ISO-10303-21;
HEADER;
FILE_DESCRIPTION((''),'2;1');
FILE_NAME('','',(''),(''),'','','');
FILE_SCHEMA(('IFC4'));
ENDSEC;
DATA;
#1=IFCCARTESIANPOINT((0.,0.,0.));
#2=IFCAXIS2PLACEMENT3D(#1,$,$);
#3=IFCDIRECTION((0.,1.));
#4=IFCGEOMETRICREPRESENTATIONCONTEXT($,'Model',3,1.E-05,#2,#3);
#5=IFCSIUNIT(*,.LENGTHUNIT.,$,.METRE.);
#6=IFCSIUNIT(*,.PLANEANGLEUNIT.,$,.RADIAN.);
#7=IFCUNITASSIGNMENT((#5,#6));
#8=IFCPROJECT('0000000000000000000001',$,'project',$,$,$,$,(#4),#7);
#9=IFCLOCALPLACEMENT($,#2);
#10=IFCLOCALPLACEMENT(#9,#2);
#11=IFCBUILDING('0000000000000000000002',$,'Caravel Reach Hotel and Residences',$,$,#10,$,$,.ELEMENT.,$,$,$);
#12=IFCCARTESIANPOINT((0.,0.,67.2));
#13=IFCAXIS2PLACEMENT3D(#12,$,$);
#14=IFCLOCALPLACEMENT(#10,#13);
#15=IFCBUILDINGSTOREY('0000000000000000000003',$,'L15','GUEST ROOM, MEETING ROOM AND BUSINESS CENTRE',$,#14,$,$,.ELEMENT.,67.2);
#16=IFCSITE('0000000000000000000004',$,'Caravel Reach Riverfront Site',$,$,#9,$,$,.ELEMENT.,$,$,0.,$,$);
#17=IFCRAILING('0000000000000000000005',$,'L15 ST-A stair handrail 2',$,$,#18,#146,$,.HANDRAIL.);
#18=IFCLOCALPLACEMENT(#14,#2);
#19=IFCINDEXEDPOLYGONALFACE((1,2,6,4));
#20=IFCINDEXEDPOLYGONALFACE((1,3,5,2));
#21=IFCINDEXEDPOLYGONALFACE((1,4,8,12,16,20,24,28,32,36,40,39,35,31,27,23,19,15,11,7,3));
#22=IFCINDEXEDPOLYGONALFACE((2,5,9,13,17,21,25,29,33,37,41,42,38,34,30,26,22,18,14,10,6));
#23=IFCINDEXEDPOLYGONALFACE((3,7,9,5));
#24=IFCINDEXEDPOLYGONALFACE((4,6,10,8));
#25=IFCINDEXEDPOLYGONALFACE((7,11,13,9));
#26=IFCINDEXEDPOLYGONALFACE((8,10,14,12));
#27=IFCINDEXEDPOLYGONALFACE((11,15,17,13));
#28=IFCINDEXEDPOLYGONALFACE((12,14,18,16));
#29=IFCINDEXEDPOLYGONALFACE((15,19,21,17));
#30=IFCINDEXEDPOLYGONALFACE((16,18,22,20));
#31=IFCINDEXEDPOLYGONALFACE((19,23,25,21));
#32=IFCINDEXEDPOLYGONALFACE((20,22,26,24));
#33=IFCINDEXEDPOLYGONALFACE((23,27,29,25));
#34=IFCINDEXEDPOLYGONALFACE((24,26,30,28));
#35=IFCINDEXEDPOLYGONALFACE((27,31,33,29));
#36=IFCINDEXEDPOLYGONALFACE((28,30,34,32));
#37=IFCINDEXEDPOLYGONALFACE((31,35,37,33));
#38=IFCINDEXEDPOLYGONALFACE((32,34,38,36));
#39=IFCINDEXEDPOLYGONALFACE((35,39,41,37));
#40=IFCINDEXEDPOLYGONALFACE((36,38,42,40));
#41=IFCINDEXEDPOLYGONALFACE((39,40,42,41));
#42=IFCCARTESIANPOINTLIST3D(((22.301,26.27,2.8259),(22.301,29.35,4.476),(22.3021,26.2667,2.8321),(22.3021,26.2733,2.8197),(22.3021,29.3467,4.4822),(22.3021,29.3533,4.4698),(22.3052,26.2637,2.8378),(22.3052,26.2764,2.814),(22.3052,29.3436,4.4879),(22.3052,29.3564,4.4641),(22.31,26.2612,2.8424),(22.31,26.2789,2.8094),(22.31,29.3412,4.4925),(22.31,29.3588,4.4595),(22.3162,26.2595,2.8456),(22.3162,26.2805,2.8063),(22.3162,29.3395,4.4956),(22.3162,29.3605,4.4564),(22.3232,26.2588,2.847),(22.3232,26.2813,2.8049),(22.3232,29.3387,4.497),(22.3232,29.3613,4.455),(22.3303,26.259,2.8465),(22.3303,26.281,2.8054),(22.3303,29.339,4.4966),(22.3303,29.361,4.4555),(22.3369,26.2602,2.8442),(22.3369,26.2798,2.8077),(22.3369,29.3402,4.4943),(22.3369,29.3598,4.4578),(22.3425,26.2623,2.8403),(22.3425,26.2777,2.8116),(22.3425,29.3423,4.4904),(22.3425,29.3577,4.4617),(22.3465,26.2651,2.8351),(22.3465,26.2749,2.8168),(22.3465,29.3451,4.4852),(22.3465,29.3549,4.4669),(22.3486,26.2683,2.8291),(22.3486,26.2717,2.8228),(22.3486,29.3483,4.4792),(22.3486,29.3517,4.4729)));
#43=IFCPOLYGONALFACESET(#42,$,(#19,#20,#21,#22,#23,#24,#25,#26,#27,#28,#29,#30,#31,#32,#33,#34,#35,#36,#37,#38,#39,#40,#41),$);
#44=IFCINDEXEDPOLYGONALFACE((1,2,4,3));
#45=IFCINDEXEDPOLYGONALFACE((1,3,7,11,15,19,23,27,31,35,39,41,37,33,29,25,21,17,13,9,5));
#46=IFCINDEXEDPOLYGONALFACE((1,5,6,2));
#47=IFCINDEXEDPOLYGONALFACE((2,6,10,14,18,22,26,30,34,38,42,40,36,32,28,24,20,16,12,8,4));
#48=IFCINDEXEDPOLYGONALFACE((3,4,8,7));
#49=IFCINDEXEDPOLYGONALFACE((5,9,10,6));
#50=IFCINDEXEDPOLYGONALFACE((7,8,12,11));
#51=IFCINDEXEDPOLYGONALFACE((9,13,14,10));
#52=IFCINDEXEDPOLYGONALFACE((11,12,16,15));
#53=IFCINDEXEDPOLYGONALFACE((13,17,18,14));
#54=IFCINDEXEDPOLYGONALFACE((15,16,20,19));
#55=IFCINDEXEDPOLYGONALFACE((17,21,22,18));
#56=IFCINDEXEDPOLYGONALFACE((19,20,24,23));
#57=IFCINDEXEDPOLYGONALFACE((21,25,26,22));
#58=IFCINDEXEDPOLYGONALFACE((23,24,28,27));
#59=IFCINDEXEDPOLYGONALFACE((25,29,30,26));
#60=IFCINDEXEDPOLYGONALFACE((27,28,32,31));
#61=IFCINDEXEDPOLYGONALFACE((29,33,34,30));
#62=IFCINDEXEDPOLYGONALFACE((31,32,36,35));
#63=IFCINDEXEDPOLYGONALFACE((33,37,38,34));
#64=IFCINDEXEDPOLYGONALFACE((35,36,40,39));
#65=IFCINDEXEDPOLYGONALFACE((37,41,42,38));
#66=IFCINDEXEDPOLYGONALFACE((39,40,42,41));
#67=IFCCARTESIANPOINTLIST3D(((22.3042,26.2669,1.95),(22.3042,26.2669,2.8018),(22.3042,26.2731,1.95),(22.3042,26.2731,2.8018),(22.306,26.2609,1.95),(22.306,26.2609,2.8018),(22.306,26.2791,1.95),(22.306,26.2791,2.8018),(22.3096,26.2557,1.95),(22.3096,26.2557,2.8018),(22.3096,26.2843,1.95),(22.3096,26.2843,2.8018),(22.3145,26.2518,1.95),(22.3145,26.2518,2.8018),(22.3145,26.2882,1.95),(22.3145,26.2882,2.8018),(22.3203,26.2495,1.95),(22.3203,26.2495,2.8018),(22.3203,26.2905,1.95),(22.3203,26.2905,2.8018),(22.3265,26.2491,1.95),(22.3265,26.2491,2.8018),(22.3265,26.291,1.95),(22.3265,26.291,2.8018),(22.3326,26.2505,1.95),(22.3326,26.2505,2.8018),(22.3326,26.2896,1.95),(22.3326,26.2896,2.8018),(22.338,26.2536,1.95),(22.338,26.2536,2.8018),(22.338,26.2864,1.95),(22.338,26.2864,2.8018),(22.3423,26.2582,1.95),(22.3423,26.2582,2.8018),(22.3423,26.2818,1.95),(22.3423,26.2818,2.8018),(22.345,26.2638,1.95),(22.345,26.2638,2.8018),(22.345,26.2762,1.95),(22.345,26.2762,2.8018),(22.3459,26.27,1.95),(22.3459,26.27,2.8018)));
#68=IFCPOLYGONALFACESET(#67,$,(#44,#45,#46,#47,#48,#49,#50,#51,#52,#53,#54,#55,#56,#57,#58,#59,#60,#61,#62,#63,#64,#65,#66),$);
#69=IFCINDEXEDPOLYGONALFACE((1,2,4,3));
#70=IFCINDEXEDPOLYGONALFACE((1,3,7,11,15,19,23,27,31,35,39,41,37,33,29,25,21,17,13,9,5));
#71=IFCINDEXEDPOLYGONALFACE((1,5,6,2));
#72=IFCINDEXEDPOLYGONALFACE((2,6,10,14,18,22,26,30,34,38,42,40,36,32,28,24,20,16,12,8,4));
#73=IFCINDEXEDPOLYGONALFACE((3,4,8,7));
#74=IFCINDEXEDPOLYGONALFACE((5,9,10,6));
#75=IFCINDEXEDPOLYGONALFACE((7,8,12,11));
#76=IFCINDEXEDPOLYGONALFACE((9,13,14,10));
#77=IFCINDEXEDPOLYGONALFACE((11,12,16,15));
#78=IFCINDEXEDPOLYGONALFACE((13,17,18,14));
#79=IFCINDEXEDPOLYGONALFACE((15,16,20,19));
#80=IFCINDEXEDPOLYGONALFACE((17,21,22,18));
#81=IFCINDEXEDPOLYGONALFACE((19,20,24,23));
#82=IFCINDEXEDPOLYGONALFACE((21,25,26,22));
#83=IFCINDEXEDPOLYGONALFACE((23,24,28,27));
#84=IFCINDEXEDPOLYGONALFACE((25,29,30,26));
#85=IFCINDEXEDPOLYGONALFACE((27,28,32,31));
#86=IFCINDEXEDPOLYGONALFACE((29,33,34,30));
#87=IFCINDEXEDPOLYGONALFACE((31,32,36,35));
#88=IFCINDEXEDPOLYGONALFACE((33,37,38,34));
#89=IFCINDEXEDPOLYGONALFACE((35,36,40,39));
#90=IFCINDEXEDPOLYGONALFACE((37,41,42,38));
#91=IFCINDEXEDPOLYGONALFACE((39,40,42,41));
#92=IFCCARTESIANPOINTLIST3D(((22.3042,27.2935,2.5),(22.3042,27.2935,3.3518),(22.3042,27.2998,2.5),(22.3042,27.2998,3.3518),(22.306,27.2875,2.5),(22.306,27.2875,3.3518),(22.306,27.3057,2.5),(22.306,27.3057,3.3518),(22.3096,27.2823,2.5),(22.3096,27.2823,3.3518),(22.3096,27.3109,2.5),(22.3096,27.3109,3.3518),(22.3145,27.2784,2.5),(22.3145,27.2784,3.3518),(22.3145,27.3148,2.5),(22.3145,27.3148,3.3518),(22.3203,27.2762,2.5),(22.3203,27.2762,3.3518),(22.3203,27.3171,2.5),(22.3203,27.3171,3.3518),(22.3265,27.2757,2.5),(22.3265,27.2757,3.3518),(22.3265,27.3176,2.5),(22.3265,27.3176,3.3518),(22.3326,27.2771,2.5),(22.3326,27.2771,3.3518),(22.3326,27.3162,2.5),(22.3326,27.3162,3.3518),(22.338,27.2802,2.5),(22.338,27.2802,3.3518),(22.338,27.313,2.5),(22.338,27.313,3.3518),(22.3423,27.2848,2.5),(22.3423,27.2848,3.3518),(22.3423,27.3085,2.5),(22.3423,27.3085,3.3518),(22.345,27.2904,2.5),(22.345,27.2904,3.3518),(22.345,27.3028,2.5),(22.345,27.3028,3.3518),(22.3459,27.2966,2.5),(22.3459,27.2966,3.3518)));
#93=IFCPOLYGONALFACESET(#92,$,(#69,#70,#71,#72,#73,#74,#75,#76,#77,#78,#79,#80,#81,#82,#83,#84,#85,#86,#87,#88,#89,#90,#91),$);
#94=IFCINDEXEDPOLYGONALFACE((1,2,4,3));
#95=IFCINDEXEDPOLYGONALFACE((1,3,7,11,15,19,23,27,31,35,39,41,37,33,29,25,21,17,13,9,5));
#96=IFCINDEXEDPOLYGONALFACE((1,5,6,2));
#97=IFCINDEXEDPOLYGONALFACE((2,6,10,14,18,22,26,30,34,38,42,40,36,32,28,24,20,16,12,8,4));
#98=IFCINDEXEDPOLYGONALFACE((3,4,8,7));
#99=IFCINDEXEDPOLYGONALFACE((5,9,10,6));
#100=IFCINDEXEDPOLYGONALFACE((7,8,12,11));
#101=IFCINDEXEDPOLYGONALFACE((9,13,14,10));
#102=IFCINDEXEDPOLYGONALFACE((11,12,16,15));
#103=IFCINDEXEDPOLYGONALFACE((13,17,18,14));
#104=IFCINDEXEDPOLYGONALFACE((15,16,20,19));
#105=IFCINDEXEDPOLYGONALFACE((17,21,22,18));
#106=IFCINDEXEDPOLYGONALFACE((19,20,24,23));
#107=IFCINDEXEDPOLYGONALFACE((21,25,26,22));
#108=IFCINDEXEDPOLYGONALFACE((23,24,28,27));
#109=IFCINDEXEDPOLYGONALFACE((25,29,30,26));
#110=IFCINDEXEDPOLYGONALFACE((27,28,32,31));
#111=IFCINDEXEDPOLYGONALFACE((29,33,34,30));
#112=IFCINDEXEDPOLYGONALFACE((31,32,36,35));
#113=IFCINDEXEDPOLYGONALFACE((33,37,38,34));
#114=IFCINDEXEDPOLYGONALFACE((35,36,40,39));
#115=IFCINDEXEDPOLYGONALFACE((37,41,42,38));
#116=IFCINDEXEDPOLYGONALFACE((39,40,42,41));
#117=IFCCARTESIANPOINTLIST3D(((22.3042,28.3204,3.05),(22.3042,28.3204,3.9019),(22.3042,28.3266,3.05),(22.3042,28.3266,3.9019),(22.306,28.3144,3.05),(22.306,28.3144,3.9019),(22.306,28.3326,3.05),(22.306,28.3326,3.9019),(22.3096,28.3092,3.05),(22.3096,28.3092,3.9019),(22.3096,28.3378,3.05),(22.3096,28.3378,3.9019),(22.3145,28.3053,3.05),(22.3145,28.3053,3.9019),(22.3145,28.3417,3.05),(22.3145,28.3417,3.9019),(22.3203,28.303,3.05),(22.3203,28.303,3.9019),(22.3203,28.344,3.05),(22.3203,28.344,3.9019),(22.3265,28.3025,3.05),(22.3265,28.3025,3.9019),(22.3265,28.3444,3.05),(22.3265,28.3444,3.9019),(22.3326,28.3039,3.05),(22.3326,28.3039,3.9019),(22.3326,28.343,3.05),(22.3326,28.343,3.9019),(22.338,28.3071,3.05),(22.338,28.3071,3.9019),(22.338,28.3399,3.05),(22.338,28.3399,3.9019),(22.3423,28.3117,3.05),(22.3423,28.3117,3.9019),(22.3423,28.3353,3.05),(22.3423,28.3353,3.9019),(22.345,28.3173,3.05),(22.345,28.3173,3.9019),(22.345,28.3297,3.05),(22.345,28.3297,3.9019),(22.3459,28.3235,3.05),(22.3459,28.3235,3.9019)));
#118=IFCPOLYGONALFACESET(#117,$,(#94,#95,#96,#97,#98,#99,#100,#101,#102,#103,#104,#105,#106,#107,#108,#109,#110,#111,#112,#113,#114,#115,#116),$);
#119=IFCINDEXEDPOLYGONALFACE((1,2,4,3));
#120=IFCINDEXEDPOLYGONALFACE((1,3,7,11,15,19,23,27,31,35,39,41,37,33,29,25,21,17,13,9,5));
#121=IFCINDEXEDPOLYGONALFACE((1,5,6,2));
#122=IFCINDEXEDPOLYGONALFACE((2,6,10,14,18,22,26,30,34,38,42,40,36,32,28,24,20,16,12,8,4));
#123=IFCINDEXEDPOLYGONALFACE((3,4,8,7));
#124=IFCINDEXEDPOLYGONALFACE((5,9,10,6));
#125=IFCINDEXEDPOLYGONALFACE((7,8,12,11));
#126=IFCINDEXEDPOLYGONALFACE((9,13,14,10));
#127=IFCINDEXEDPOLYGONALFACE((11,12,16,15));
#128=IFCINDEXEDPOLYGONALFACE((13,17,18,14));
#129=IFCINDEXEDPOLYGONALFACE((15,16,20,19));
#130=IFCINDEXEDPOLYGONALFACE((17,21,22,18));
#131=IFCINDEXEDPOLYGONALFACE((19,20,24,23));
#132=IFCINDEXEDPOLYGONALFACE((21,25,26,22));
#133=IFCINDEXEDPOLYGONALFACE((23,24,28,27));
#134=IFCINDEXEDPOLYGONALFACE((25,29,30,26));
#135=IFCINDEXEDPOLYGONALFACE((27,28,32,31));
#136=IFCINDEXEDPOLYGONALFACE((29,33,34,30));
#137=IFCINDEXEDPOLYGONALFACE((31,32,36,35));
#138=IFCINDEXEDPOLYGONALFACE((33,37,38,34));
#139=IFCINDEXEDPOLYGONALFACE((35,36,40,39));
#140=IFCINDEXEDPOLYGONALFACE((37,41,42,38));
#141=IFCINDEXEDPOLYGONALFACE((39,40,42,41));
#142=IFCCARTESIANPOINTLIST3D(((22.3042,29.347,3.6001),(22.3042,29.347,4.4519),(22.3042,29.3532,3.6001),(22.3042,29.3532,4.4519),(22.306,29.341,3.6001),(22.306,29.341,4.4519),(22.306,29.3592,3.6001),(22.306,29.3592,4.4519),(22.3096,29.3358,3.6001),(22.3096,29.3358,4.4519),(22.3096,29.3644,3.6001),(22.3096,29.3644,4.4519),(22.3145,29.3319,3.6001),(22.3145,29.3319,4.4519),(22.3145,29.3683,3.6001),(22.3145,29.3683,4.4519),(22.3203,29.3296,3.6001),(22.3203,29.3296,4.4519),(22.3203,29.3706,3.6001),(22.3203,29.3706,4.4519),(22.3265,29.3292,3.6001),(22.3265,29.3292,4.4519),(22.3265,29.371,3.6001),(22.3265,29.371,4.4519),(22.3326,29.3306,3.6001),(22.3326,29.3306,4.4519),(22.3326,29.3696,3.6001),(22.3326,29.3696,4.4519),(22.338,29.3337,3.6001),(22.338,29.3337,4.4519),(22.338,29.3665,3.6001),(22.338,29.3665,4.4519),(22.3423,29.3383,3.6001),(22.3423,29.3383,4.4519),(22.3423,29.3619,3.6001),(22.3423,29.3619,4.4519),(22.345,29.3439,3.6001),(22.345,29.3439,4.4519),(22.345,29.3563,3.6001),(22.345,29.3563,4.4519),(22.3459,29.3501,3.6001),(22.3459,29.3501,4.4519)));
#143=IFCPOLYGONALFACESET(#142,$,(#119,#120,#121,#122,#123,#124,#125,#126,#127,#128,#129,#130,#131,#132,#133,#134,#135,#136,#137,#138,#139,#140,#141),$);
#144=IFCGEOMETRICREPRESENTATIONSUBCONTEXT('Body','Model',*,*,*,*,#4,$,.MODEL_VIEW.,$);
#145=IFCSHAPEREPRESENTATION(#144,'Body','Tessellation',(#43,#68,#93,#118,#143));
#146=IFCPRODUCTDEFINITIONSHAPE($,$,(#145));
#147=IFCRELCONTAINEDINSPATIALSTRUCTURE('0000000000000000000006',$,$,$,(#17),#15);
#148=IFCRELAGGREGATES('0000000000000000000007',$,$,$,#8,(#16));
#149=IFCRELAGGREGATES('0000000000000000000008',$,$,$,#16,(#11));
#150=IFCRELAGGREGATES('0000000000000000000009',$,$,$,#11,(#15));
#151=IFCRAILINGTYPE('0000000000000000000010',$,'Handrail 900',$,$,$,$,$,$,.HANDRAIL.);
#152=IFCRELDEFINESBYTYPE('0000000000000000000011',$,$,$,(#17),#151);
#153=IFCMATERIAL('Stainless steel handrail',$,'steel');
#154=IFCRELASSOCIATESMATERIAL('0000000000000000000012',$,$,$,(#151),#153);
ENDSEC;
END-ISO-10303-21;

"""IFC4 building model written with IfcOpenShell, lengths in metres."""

from ifc_helpers import new_model, si_unit, direction, frame, origin, origin_2d, place, context, subcontext, project, spatial, circle, extrude, material, type_object, element, save


model = new_model("IFC4")

# Units and contexts
model_context = context("Model", 3, precision=1e-05, world=origin(), true_north=direction((0.0, 1.0)))
body_context = subcontext(model_context, "Body", "Model", "MODEL_VIEW")
ifc_project = project(units=[si_unit("LENGTHUNIT", "METRE"), si_unit("PLANEANGLEUNIT", "RADIAN")], contexts=[model_context])

# Site, building, storey
site_placement = place(None, origin())
site = spatial("IfcSite", under=ifc_project, at=site_placement, Name="Caravel Reach Riverfront Site", CompositionType="ELEMENT", RefElevation=0.0)
building_placement = place(site_placement, origin())
building = spatial("IfcBuilding", under=site, at=building_placement, Name="Caravel Reach Hotel and Residences", CompositionType="ELEMENT")
storey_placement = place(building_placement, frame((0.0, 0.0, 67.2)))
storey = spatial("IfcBuildingStorey", under=building, at=storey_placement, Name="L15", Description="GUEST ROOM, MEETING ROOM AND BUSINESS CENTRE", CompositionType="ELEMENT", Elevation=67.2)

# Railing
ifc_material_1 = material(Name="Stainless steel handrail", Category="steel")
railing_type_1 = type_object("IfcRailingType", Name="Handrail 900", PredefinedType="HANDRAIL", material=ifc_material_1)
railing_1_placement = place(storey_placement, frame((22.325, 26.27, 1.95)))
element("IfcRailing", 1, at=railing_1_placement, inside=storey, type_object=railing_type_1, Name="L15 ST-A stair handrail 2", PredefinedType="HANDRAIL", context=body_context, shape_type="SweptSolid", body=[
    extrude(circle(Radius=0.0239, at=origin_2d()), frame((0.0, 0.0, 0.876), z_axis=(0.0, 0.881468, 0.472245), x_axis=(-1.0, 0.0, 0.0)), (0.0, 0.0, 1.0), 3.4941),
    extrude(circle(Radius=0.021, at=origin_2d()), origin(), (0.0, 0.0, 1.0), 0.8518),
    extrude(circle(Radius=0.021, at=origin_2d()), frame((0.0, 1.0266, 0.55)), (0.0, 0.0, 1.0), 0.8518),
    extrude(circle(Radius=0.021, at=origin_2d()), frame((0.0, 2.0535, 1.1001)), (0.0, 0.0, 1.0), 0.8518),
    extrude(circle(Radius=0.021, at=origin_2d()), frame((0.0, 3.0801, 1.6501)), (0.0, 0.0, 1.0), 0.8518),
])

save(model, "model.ifc")
